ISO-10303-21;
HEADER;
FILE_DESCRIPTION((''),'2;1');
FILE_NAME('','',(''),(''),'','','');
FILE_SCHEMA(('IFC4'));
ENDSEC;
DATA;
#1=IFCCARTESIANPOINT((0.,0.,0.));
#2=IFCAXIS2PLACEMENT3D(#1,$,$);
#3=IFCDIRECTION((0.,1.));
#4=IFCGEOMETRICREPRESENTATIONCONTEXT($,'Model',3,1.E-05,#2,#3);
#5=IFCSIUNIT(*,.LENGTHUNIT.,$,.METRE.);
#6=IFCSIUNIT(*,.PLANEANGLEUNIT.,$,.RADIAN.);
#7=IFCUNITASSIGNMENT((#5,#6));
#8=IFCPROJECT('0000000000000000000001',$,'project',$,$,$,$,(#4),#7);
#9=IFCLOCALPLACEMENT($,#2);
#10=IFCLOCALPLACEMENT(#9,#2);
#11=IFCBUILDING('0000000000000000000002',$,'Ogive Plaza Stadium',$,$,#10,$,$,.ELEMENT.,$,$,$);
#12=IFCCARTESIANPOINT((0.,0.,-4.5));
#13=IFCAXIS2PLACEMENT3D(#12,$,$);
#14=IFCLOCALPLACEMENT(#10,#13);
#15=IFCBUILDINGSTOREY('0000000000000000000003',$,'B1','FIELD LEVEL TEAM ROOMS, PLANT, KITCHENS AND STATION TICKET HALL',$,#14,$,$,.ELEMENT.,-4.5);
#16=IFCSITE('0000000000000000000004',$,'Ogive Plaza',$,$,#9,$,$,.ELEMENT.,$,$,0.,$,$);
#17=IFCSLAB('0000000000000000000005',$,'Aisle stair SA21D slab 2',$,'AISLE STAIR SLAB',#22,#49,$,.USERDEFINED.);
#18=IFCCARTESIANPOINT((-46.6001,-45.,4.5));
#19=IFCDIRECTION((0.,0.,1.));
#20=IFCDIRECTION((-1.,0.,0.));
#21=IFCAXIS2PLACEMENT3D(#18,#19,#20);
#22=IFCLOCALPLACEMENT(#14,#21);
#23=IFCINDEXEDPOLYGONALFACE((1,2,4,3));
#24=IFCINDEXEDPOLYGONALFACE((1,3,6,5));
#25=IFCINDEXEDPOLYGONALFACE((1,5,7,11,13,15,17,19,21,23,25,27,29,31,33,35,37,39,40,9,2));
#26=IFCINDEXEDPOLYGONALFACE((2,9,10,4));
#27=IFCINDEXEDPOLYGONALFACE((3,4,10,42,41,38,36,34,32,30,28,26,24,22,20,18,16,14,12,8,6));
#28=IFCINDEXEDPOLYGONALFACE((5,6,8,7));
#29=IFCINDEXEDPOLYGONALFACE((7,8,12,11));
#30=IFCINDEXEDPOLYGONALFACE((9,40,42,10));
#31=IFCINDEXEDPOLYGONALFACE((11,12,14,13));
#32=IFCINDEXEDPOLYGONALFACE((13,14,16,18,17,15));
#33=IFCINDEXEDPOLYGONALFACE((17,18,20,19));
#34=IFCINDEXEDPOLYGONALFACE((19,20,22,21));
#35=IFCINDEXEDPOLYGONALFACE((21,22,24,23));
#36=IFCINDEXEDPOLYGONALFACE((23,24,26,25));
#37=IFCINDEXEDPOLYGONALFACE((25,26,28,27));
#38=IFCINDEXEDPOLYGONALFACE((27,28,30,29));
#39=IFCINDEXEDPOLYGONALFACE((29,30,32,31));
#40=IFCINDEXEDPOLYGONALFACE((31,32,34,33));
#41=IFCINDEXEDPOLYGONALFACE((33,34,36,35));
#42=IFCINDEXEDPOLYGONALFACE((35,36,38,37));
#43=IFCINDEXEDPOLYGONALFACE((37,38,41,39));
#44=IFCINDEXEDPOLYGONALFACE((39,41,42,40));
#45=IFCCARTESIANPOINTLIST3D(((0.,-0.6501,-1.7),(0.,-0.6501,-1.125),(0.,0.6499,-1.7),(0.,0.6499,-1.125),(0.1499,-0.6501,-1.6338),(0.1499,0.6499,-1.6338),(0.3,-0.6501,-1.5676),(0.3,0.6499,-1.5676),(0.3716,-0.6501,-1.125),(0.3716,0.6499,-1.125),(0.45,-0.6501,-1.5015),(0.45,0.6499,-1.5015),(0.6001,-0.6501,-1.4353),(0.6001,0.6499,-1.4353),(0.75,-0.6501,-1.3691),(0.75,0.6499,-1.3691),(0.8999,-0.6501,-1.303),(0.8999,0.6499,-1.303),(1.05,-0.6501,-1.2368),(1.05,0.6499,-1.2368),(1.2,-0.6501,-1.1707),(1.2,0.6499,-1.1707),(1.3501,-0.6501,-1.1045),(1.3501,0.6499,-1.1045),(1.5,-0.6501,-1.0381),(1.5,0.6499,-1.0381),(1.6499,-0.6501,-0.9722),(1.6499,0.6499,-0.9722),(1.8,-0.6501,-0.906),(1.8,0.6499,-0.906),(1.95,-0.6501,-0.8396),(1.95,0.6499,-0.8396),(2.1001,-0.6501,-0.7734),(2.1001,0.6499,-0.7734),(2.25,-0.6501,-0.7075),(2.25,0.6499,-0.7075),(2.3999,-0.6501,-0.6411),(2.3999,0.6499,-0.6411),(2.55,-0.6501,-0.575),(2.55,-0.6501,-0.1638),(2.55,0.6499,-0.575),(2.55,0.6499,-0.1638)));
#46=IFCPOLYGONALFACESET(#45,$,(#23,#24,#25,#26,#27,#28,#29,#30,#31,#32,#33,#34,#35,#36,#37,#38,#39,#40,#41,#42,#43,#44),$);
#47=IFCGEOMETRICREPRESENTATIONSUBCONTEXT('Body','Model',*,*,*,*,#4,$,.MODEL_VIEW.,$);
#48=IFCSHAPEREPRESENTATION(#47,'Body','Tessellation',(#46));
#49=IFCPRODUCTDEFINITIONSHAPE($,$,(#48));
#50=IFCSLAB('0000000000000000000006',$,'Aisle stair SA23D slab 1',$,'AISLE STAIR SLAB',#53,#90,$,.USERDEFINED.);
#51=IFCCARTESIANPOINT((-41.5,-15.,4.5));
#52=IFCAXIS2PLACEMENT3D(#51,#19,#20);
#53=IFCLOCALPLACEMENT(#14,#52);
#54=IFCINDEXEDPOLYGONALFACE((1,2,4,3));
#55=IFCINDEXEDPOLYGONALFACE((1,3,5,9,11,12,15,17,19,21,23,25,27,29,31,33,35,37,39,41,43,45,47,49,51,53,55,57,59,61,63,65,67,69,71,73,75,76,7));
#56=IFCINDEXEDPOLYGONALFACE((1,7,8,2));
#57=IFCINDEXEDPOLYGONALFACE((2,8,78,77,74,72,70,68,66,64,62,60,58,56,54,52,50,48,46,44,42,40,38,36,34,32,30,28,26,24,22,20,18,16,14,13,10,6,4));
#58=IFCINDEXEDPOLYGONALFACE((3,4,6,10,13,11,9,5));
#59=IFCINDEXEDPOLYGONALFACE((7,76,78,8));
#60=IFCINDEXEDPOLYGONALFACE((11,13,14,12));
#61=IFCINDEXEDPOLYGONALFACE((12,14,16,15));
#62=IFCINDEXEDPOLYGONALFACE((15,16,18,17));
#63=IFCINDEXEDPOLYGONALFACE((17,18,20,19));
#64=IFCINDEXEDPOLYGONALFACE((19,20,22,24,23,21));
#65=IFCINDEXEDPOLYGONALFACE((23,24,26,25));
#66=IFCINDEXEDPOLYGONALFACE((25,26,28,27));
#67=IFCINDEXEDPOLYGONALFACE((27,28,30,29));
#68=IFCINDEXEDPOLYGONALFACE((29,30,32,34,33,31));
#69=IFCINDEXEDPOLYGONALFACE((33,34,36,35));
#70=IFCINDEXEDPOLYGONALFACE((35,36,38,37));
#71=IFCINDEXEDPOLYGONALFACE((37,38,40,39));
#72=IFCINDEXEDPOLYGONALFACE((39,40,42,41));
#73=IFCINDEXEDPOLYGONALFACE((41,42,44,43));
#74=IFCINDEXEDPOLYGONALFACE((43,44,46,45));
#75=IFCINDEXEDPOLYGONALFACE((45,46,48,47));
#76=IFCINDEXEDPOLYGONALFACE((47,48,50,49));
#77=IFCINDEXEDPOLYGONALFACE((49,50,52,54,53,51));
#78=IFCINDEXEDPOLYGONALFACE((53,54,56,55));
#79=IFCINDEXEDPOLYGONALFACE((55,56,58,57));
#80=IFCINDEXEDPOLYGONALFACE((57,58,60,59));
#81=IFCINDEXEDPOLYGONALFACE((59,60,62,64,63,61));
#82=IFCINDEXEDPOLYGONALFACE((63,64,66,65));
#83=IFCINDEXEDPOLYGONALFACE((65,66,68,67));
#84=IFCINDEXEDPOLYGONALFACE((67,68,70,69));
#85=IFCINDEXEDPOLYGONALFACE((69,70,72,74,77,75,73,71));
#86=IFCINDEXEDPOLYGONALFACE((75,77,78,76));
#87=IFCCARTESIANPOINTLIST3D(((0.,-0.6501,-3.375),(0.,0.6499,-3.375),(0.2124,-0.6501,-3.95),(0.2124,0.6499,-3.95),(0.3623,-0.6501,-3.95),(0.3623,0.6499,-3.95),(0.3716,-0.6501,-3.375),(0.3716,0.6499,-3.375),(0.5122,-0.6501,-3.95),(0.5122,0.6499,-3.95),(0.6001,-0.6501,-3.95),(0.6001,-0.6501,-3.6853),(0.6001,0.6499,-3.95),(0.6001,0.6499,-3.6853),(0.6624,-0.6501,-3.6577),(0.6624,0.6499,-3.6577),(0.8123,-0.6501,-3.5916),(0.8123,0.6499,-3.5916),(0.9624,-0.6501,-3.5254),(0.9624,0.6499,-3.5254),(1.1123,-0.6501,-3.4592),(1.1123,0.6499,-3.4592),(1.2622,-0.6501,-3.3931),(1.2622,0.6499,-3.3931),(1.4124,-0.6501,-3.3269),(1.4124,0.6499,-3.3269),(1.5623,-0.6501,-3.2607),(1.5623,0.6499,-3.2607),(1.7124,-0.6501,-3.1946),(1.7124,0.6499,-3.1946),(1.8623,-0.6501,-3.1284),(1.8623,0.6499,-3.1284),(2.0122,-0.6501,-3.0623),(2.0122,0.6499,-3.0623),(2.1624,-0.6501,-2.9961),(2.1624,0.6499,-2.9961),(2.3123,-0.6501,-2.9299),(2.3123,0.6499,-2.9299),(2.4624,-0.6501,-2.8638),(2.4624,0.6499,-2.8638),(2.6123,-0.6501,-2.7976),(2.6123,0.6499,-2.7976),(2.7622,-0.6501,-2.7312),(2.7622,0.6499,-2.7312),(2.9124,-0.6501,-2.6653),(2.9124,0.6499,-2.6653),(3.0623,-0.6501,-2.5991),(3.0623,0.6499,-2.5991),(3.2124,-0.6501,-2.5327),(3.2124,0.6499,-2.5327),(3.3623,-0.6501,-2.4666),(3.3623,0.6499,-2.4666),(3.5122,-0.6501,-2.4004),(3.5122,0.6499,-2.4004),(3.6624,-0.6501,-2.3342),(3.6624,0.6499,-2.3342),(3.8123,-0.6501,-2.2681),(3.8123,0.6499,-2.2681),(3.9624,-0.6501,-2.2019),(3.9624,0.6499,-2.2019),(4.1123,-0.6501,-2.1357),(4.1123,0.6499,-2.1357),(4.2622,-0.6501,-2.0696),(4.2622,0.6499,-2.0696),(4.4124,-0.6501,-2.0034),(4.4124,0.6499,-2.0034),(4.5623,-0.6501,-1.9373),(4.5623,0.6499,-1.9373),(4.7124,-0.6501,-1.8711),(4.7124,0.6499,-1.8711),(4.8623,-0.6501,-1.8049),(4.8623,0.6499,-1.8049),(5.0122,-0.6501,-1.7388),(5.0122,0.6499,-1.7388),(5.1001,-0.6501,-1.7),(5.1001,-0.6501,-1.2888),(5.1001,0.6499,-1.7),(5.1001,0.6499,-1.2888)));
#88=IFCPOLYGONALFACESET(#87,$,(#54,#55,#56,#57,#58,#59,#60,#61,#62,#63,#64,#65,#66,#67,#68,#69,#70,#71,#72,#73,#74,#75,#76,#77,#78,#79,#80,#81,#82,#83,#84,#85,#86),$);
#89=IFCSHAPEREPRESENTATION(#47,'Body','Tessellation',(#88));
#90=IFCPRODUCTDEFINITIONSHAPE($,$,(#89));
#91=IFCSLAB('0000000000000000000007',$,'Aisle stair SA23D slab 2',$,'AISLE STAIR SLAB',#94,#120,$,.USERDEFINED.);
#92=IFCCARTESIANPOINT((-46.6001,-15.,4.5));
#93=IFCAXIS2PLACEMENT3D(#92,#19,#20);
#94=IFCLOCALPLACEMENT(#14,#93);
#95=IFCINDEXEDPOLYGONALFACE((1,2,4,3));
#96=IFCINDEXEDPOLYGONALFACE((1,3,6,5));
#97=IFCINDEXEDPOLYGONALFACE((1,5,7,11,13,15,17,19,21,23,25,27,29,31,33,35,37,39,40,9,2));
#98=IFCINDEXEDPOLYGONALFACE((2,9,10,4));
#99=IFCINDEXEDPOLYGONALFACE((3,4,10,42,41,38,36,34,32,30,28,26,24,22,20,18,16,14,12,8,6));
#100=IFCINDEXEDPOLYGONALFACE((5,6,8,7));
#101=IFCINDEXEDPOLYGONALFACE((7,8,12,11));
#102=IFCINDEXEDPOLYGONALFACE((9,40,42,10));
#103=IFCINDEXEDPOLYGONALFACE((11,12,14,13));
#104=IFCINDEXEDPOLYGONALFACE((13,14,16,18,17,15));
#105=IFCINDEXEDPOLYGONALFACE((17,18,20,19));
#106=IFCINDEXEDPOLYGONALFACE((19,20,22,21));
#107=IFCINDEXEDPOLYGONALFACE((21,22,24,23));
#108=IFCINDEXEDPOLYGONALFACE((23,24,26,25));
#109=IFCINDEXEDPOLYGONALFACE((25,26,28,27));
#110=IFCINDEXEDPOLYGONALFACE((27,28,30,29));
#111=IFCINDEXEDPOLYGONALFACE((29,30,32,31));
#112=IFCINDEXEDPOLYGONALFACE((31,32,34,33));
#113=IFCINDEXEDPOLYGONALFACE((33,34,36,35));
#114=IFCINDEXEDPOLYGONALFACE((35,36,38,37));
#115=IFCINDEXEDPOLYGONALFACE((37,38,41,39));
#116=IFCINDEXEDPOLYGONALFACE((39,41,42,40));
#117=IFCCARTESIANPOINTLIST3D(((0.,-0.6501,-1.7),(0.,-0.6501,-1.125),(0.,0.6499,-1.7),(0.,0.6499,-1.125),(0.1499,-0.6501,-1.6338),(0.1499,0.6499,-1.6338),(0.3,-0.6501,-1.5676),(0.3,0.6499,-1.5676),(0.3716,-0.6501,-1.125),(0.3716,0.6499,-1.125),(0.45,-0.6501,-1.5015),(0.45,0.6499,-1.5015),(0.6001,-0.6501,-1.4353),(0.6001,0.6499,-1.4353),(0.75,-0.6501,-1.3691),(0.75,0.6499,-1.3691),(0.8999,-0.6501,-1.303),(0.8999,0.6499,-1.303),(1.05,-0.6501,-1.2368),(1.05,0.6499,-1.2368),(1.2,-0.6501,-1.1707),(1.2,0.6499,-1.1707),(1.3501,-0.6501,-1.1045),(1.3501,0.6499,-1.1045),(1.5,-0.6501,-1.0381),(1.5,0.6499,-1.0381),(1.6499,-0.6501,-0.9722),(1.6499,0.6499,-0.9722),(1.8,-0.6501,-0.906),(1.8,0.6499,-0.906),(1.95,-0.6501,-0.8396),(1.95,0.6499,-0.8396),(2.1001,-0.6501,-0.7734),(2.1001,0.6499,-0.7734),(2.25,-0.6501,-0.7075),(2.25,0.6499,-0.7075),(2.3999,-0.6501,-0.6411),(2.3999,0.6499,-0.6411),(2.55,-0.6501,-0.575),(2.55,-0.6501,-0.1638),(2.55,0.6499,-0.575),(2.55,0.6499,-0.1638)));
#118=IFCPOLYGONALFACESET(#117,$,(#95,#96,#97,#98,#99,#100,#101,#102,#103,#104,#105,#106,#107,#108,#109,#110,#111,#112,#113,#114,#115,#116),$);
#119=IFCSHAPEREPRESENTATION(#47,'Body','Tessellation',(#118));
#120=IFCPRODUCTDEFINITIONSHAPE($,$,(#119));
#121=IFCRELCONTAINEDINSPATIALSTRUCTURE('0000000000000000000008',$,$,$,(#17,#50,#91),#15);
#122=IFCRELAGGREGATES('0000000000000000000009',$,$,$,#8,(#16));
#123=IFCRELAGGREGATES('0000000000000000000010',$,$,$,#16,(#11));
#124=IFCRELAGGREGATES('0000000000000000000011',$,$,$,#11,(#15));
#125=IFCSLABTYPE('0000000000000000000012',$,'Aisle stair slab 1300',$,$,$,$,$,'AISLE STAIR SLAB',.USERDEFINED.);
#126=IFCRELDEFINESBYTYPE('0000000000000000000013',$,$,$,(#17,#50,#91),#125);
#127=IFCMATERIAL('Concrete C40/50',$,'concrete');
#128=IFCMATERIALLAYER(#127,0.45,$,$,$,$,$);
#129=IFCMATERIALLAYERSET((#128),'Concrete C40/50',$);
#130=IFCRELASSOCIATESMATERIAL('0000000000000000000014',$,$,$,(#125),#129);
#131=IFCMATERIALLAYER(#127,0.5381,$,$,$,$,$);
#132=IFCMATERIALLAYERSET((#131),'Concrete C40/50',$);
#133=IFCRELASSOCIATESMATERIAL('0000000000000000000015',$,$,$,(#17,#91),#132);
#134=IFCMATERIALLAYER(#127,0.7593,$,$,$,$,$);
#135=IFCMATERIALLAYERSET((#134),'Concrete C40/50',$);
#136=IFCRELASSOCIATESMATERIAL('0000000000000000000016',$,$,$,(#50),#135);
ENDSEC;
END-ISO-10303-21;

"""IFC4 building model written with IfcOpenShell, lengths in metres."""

from ifc_helpers import new_model, si_unit, direction, frame, origin, place, context, subcontext, project, spatial, polyline, outline, extrude, material, layer, layer_set, type_object, element, save


model = new_model("IFC4")

# Units and contexts
model_context = context("Model", 3, precision=1e-05, world=origin(), true_north=direction((0.0, 1.0)))
body_context = subcontext(model_context, "Body", "Model", "MODEL_VIEW")
ifc_project = project(units=[si_unit("LENGTHUNIT", "METRE"), si_unit("PLANEANGLEUNIT", "RADIAN")], contexts=[model_context])

# Site, building, storey
site_placement = place(None, origin())
site = spatial("IfcSite", under=ifc_project, at=site_placement, Name="Ogive Plaza", CompositionType="ELEMENT", RefElevation=0.0)
building_placement = place(site_placement, origin())
building = spatial("IfcBuilding", under=site, at=building_placement, Name="Ogive Plaza Stadium", CompositionType="ELEMENT")
storey_placement = place(building_placement, frame((0.0, 0.0, -4.5)))
storey = spatial("IfcBuildingStorey", under=building, at=storey_placement, Name="B1", Description="FIELD LEVEL TEAM ROOMS, PLANT, KITCHENS AND STATION TICKET HALL", CompositionType="ELEMENT", Elevation=-4.5)

# Slabs
ifc_material_1 = material(Name="Concrete C40/50", Category="concrete")
ifc_layer_1 = layer(ifc_material_1, 0.7593)
ifc_layer_set_1 = layer_set([ifc_layer_1], Name="Concrete C40/50")
ifc_layer_2 = layer(ifc_material_1, 0.45)
ifc_layer_set_2 = layer_set([ifc_layer_2], Name="Concrete C40/50")
slab_type = type_object("IfcSlabType", Name="Aisle stair slab 1300", ElementType="AISLE STAIR SLAB", PredefinedType="USERDEFINED", material=ifc_layer_set_2)
ifc_layer_3 = layer(ifc_material_1, 0.5381)
ifc_layer_set_3 = layer_set([ifc_layer_3], Name="Concrete C40/50")
slab_1_placement = place(storey_placement, frame((-46.6001, -45.0, 4.5), z_axis=(0.0, 0.0, 1.0), x_axis=(-1.0, 0.0, 0.0)))
element("IfcSlab", 1, at=slab_1_placement, inside=storey, type_object=slab_type, material=ifc_layer_set_3, Name="Aisle stair SA21D slab 2", ObjectType="AISLE STAIR SLAB", PredefinedType="USERDEFINED", context=body_context, shape_type="SweptSolid", body=[
    extrude(outline(polyline([(0.0, -1.125), (0.3716, -1.125), (2.55, -0.1638), (2.55, -0.575), (2.3999, -0.6411), (2.25, -0.7075), (2.1001, -0.7734), (1.95, -0.8396), (1.8, -0.906), (1.6499, -0.9722), (1.5, -1.0381), (1.3501, -1.1045), (1.2, -1.1707), (1.05, -1.2368), (0.8999, -1.303), (0.75, -1.3691), (0.6001, -1.4353), (0.45, -1.5015), (0.3, -1.5676), (0.1499, -1.6338), (0.0, -1.7), (0.0, -1.125)])), frame((0.0, 0.6499, 0.0), z_axis=(0.0, -1.0, 0.0), x_axis=(1.0, 0.0, 0.0)), (0.0, 0.0, 1.0), 1.3),
])
slab_2_placement = place(storey_placement, frame((-41.5, -15.0, 4.5), z_axis=(0.0, 0.0, 1.0), x_axis=(-1.0, 0.0, 0.0)))
element("IfcSlab", 2, at=slab_2_placement, inside=storey, type_object=slab_type, material=ifc_layer_set_1, Name="Aisle stair SA23D slab 1", ObjectType="AISLE STAIR SLAB", PredefinedType="USERDEFINED", context=body_context, shape_type="SweptSolid", body=[
    extrude(outline(polyline([(0.0, -3.375), (0.3716, -3.375), (5.1001, -1.2888), (5.1001, -1.7), (5.0122, -1.7388), (4.8623, -1.8049), (4.7124, -1.8711), (4.5623, -1.9373), (4.4124, -2.0034), (4.2622, -2.0696), (4.1123, -2.1357), (3.9624, -2.2019), (3.8123, -2.2681), (3.6624, -2.3342), (3.5122, -2.4004), (3.3623, -2.4666), (3.2124, -2.5327), (3.0623, -2.5991), (2.9124, -2.6653), (2.7622, -2.7312), (2.6123, -2.7976), (2.4624, -2.8638), (2.3123, -2.9299), (2.1624, -2.9961), (2.0122, -3.0623), (1.8623, -3.1284), (1.7124, -3.1946), (1.5623, -3.2607), (1.4124, -3.3269), (1.2622, -3.3931), (1.1123, -3.4592), (0.9624, -3.5254), (0.8123, -3.5916), (0.6624, -3.6577), (0.6001, -3.6853), (0.6001, -3.95), (0.5122, -3.95), (0.3623, -3.95), (0.2124, -3.95), (0.0, -3.375)])), frame((0.0, 0.6499, 0.0), z_axis=(0.0, -1.0, 0.0), x_axis=(1.0, 0.0, 0.0)), (0.0, 0.0, 1.0), 1.3),
])
slab_3_placement = place(storey_placement, frame((-46.6001, -15.0, 4.5), z_axis=(0.0, 0.0, 1.0), x_axis=(-1.0, 0.0, 0.0)))
element("IfcSlab", 3, at=slab_3_placement, inside=storey, type_object=slab_type, material=ifc_layer_set_3, Name="Aisle stair SA23D slab 2", ObjectType="AISLE STAIR SLAB", PredefinedType="USERDEFINED", context=body_context, shape_type="SweptSolid", body=[
    extrude(outline(polyline([(0.0, -1.125), (0.3716, -1.125), (2.55, -0.1638), (2.55, -0.575), (2.3999, -0.6411), (2.25, -0.7075), (2.1001, -0.7734), (1.95, -0.8396), (1.8, -0.906), (1.6499, -0.9722), (1.5, -1.0381), (1.3501, -1.1045), (1.2, -1.1707), (1.05, -1.2368), (0.8999, -1.303), (0.75, -1.3691), (0.6001, -1.4353), (0.45, -1.5015), (0.3, -1.5676), (0.1499, -1.6338), (0.0, -1.7), (0.0, -1.125)])), frame((0.0, 0.6499, 0.0), z_axis=(0.0, -1.0, 0.0), x_axis=(1.0, 0.0, 0.0)), (0.0, 0.0, 1.0), 1.3),
])

save(model, "model.ifc")
